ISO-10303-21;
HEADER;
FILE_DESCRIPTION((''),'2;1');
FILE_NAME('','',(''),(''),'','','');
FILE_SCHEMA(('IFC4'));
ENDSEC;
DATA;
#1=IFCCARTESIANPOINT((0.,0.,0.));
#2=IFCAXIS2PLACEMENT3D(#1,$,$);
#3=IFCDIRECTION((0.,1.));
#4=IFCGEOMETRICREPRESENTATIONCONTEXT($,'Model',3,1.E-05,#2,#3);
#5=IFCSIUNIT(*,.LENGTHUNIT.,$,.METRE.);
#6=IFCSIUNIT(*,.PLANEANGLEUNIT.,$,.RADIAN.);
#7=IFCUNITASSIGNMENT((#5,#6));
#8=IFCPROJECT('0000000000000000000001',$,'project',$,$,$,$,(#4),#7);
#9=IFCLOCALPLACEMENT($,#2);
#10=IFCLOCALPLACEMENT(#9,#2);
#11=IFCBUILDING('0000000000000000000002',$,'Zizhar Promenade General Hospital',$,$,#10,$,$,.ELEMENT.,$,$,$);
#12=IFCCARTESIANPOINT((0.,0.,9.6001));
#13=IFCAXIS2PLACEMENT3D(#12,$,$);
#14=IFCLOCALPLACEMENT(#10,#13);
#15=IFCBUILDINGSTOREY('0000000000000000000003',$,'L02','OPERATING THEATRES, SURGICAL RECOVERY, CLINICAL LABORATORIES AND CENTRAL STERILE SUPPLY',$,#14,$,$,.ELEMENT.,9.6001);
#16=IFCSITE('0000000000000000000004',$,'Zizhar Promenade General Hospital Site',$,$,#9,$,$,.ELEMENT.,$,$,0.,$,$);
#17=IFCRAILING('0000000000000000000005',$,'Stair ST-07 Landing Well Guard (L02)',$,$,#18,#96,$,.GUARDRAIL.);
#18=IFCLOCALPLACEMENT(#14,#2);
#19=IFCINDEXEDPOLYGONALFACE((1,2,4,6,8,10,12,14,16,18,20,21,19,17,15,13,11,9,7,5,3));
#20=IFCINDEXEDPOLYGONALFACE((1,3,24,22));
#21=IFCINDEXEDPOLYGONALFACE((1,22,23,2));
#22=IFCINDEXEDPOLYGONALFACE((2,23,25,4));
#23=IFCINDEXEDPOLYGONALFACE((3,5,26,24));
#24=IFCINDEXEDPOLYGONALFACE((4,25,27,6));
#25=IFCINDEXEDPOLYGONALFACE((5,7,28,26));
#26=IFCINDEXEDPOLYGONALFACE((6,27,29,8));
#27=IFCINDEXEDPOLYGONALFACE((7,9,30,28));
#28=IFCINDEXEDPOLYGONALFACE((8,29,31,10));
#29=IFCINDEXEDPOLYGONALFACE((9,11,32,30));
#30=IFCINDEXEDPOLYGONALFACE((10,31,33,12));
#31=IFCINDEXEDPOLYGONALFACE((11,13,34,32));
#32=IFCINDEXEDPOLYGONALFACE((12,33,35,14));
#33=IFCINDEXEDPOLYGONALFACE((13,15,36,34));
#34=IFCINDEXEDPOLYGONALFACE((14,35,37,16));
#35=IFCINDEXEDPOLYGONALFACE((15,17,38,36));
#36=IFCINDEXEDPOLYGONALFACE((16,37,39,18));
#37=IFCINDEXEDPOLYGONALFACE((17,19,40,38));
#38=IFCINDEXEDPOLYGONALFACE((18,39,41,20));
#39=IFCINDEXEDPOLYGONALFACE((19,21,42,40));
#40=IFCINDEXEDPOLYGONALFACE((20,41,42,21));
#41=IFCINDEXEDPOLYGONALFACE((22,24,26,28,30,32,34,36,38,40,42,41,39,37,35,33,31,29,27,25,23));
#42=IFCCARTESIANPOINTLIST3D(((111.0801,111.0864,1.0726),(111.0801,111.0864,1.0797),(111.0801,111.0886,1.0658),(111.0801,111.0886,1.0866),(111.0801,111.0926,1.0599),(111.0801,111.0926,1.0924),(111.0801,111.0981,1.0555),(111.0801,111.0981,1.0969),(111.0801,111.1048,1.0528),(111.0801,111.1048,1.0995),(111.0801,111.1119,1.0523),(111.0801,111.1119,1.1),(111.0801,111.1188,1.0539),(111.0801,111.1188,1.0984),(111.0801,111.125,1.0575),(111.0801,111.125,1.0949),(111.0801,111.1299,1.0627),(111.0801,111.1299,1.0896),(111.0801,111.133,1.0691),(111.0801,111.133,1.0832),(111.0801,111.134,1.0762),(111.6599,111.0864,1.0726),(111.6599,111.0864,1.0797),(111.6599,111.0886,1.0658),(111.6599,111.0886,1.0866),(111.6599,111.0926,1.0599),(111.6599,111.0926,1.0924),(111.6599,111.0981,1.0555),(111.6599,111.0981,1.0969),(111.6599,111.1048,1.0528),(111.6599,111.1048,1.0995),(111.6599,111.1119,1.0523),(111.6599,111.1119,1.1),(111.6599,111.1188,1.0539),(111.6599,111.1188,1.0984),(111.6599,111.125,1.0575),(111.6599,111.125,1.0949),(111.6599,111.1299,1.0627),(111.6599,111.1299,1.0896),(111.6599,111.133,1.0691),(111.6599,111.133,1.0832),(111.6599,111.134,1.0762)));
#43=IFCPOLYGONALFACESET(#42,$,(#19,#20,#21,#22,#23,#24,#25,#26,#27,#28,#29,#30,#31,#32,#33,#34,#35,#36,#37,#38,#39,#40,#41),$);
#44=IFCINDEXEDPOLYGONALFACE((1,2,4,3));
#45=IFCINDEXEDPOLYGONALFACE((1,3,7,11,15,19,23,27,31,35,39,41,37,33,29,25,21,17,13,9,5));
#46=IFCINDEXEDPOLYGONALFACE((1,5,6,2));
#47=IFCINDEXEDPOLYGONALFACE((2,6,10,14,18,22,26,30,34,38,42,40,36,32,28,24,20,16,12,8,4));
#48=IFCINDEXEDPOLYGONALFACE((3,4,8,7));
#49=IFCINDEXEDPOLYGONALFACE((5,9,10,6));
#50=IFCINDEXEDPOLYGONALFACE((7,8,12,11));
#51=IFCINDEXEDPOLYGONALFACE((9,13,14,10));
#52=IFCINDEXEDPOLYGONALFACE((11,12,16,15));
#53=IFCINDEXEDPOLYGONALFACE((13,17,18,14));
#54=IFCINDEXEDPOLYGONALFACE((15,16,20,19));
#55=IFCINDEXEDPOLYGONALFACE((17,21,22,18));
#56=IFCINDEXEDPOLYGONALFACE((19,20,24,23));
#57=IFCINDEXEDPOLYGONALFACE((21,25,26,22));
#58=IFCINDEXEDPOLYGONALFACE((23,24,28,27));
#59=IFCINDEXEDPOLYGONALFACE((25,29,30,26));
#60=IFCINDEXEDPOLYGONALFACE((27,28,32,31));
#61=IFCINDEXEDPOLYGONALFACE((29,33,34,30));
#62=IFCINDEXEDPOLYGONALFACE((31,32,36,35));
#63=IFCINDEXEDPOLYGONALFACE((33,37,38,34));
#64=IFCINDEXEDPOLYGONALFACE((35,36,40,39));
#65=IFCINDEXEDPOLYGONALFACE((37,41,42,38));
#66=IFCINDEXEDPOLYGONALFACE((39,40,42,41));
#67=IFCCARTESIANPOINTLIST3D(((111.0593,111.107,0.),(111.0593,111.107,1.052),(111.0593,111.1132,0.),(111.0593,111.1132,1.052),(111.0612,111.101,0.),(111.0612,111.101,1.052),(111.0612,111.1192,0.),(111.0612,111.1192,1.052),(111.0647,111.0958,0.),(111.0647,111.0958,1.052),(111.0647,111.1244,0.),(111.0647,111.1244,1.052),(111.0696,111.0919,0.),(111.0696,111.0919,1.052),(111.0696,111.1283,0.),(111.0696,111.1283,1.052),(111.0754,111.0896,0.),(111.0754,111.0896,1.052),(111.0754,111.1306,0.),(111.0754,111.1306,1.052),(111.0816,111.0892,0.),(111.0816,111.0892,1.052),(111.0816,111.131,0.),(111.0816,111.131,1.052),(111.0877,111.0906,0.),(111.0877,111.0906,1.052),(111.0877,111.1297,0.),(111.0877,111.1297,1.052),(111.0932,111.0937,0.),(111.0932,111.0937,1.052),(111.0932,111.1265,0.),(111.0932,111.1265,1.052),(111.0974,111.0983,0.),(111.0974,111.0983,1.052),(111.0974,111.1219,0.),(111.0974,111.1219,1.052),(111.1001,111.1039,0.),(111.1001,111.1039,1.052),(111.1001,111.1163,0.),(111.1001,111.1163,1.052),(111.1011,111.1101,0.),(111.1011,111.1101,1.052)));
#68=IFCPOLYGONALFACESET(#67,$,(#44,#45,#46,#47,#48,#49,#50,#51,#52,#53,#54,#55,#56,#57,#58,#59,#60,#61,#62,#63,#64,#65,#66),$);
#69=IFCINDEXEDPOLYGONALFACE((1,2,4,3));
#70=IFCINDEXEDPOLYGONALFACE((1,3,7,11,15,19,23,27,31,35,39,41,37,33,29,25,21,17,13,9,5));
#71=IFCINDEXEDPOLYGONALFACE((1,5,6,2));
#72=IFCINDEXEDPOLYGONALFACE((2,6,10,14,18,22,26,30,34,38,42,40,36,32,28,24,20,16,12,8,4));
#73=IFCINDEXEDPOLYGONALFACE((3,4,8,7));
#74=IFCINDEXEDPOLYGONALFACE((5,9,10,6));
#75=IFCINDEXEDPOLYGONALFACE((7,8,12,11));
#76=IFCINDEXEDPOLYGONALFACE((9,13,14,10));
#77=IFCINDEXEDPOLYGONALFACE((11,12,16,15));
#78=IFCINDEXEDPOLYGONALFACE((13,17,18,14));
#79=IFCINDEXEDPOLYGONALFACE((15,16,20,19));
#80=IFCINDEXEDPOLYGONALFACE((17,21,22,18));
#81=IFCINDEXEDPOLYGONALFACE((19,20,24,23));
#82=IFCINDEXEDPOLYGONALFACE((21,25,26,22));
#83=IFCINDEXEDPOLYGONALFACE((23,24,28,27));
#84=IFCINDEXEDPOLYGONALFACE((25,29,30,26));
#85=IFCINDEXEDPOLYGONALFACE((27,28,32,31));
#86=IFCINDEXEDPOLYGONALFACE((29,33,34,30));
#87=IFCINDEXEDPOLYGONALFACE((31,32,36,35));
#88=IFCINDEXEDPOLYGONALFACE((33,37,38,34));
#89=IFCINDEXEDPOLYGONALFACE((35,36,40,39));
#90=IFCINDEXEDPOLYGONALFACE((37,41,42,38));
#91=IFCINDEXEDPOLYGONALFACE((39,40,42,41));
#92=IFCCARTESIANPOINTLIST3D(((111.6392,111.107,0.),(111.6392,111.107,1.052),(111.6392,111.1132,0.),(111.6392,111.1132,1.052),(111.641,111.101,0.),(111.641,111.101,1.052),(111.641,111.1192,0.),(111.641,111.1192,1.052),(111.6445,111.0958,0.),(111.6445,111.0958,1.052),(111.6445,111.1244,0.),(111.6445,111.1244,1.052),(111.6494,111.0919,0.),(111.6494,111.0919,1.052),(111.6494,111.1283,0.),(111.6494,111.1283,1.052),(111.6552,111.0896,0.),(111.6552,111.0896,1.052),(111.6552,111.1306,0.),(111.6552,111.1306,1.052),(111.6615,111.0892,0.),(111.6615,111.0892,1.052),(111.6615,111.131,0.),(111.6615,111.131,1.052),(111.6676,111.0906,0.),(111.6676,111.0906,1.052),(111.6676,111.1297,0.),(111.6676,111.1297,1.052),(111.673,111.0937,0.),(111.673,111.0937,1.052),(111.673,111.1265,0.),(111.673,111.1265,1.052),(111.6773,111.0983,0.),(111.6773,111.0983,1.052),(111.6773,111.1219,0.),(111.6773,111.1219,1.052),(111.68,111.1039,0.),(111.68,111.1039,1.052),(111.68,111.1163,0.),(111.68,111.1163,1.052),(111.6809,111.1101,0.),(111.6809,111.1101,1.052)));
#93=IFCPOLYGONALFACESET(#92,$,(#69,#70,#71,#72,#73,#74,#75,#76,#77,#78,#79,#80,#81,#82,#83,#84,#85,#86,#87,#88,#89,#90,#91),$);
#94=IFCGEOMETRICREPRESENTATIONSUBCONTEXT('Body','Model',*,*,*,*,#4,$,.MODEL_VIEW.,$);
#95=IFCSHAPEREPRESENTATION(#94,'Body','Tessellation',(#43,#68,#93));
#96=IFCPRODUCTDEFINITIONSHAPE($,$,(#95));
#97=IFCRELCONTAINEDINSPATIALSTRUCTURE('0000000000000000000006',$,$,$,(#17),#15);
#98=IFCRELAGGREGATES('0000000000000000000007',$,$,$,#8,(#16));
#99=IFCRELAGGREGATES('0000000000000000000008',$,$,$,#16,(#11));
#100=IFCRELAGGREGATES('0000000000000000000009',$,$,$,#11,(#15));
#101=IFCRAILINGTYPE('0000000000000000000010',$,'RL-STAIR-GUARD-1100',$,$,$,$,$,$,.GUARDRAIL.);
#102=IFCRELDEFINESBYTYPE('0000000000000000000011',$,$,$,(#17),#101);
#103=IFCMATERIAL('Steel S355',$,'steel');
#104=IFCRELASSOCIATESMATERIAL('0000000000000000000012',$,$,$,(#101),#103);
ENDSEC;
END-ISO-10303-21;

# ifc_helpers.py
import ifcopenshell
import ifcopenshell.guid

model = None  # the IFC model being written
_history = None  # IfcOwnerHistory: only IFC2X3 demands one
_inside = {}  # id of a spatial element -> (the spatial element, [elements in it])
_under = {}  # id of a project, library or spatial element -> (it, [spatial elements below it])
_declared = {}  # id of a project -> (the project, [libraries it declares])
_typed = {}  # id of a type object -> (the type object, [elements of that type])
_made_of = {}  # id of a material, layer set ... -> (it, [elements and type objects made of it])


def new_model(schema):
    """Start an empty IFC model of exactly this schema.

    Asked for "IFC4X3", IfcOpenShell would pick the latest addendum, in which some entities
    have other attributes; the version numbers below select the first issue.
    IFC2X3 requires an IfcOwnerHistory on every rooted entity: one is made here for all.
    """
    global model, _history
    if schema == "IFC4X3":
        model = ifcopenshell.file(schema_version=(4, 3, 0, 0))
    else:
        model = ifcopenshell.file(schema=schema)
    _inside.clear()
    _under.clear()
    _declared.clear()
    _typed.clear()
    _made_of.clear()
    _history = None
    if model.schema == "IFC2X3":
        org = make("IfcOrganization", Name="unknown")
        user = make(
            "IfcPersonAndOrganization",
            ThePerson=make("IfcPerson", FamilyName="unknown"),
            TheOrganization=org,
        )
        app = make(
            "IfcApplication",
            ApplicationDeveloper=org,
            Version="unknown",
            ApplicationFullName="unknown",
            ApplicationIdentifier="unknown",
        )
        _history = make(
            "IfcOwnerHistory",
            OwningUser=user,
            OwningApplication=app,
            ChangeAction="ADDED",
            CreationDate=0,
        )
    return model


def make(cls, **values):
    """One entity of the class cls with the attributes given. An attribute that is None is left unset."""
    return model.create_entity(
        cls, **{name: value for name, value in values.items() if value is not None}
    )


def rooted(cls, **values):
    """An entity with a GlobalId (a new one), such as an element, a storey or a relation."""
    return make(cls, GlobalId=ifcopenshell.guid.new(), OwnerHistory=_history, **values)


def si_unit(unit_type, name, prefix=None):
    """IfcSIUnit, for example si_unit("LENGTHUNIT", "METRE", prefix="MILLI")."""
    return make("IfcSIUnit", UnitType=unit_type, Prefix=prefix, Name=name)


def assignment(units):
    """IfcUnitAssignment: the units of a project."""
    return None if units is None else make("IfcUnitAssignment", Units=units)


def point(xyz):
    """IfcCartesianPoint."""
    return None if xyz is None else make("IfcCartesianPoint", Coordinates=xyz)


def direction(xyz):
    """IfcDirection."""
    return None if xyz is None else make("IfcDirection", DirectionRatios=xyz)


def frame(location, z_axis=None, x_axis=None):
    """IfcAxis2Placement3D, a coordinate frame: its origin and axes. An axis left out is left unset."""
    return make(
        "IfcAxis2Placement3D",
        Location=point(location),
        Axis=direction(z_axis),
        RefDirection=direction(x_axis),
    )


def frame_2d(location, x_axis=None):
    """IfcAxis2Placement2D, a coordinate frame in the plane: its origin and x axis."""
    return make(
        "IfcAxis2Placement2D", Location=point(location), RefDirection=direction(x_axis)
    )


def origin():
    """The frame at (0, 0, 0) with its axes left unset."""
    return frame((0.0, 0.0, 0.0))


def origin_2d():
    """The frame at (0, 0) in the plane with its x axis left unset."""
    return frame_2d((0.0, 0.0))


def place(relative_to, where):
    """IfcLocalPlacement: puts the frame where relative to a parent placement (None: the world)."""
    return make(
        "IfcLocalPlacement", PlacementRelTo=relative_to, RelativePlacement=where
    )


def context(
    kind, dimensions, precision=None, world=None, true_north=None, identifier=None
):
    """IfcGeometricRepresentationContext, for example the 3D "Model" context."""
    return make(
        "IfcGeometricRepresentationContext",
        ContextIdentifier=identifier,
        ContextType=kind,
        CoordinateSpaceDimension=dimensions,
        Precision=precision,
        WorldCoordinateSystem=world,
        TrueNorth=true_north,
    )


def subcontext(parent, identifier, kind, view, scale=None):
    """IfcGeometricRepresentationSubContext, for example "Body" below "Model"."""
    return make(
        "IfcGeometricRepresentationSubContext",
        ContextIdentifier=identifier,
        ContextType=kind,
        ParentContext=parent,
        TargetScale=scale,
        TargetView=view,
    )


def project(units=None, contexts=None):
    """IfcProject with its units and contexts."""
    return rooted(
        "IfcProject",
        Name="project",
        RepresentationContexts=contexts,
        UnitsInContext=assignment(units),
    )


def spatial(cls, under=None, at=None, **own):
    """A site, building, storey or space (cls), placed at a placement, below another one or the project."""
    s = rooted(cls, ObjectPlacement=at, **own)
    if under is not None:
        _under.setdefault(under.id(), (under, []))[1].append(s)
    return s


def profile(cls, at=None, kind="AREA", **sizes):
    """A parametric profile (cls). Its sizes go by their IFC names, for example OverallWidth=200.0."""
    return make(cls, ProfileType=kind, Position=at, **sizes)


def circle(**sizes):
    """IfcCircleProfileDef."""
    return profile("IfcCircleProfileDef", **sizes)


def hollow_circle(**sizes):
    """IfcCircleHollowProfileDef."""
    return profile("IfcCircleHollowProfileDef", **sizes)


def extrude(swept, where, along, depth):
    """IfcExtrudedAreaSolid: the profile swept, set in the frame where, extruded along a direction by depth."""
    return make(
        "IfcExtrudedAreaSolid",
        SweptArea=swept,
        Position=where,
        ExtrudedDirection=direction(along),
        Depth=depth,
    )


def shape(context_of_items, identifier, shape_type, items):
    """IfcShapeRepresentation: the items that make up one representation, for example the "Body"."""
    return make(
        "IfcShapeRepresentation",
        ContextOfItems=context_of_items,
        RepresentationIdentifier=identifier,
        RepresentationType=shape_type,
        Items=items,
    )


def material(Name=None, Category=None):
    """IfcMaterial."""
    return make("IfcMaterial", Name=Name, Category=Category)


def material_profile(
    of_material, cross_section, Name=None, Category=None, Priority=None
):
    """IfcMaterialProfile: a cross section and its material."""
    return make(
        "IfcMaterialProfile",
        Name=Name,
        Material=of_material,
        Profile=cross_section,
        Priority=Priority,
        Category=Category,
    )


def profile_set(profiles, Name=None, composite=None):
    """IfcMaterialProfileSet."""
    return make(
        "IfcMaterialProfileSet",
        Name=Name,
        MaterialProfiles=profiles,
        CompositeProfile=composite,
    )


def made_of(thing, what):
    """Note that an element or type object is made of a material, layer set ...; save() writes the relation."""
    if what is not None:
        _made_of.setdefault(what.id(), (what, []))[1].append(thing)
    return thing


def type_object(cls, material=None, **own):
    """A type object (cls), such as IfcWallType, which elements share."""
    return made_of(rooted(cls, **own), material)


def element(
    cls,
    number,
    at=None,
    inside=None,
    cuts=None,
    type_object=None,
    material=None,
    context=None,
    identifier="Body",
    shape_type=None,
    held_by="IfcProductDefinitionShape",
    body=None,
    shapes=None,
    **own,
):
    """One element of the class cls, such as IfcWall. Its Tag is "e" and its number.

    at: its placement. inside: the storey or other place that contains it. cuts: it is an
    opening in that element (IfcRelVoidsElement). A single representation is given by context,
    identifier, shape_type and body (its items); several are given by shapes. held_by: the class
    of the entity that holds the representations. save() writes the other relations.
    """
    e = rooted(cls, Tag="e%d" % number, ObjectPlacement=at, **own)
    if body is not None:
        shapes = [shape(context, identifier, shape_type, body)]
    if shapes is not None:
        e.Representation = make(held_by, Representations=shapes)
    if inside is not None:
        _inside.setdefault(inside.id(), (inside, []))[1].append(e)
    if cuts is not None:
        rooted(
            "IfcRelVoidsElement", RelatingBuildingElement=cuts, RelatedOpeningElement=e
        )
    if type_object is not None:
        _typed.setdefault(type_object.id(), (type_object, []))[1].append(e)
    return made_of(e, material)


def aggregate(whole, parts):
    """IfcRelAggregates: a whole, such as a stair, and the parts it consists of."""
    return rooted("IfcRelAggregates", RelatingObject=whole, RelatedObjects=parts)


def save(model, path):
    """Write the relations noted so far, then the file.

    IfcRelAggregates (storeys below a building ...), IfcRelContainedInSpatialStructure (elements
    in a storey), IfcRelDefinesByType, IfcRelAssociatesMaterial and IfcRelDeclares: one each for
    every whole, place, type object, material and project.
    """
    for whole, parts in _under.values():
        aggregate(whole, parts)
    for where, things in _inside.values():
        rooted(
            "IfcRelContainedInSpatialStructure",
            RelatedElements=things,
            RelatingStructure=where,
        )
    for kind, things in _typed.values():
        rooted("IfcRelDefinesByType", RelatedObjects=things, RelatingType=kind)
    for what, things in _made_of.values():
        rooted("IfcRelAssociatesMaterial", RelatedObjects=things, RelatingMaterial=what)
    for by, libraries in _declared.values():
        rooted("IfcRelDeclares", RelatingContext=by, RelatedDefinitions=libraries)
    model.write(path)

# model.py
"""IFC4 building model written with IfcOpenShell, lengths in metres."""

from ifc_helpers import new_model, si_unit, direction, frame, origin, origin_2d, place, context, subcontext, project, spatial, circle, hollow_circle, extrude, material, material_profile, profile_set, type_object, element, save


model = new_model("IFC4")

# Units and contexts
model_context = context("Model", 3, precision=1e-05, world=origin(), true_north=direction((0.0, 1.0)))
body_context = subcontext(model_context, "Body", "Model", "MODEL_VIEW")
ifc_project = project(units=[si_unit("LENGTHUNIT", "METRE"), si_unit("PLANEANGLEUNIT", "RADIAN")], contexts=[model_context])

# Site, building, storey
site_placement = place(None, origin())
site = spatial("IfcSite", under=ifc_project, at=site_placement, Name="Zizhar Promenade General Hospital Site", CompositionType="ELEMENT", RefElevation=0.0)
building_placement = place(site_placement, origin())
building = spatial("IfcBuilding", under=site, at=building_placement, Name="Zizhar Promenade General Hospital", CompositionType="ELEMENT")
storey_placement = place(building_placement, frame((0.0, 0.0, 9.6001)))
storey = spatial("IfcBuildingStorey", under=building, at=storey_placement, Name="L02", Description="OPERATING THEATRES, SURGICAL RECOVERY, CLINICAL LABORATORIES AND CENTRAL STERILE SUPPLY", CompositionType="ELEMENT", Elevation=9.6001)

# Railing
ifc_material_1 = material(Name="Steel S355", Category="steel")
ifc_material_profile_1 = material_profile(ifc_material_1, hollow_circle(Radius=0.0698, WallThickness=0.0063, at=origin_2d()))
ifc_profile_set_1 = profile_set([ifc_material_profile_1], Name="Steel S355")
railing_type = type_object("IfcRailingType", Name="RL-STAIR-GUARD-1100", PredefinedType="GUARDRAIL", material=ifc_profile_set_1)
railing_placement = place(storey_placement, frame((111.0801, 111.1101, 0.0)))
element("IfcRailing", 1, at=railing_placement, inside=storey, type_object=railing_type, Name="Stair ST-07 Landing Well Guard (L02)", PredefinedType="GUARDRAIL", context=body_context, shape_type="SweptSolid", body=[
    extrude(circle(Radius=0.0239, at=origin_2d()), frame((0.0, 0.0, 1.0762), z_axis=(1.0, 0.0, 0.0), x_axis=(0.0, 1.0, 0.0)), (0.0, 0.0, 1.0), 0.5798),
    extrude(circle(Radius=0.021, at=origin_2d()), origin(), (0.0, 0.0, 1.0), 1.052),
    extrude(circle(Radius=0.021, at=origin_2d()), frame((0.5798, 0.0, 0.0)), (0.0, 0.0, 1.0), 1.052),
])

save(model, "model.ifc")
